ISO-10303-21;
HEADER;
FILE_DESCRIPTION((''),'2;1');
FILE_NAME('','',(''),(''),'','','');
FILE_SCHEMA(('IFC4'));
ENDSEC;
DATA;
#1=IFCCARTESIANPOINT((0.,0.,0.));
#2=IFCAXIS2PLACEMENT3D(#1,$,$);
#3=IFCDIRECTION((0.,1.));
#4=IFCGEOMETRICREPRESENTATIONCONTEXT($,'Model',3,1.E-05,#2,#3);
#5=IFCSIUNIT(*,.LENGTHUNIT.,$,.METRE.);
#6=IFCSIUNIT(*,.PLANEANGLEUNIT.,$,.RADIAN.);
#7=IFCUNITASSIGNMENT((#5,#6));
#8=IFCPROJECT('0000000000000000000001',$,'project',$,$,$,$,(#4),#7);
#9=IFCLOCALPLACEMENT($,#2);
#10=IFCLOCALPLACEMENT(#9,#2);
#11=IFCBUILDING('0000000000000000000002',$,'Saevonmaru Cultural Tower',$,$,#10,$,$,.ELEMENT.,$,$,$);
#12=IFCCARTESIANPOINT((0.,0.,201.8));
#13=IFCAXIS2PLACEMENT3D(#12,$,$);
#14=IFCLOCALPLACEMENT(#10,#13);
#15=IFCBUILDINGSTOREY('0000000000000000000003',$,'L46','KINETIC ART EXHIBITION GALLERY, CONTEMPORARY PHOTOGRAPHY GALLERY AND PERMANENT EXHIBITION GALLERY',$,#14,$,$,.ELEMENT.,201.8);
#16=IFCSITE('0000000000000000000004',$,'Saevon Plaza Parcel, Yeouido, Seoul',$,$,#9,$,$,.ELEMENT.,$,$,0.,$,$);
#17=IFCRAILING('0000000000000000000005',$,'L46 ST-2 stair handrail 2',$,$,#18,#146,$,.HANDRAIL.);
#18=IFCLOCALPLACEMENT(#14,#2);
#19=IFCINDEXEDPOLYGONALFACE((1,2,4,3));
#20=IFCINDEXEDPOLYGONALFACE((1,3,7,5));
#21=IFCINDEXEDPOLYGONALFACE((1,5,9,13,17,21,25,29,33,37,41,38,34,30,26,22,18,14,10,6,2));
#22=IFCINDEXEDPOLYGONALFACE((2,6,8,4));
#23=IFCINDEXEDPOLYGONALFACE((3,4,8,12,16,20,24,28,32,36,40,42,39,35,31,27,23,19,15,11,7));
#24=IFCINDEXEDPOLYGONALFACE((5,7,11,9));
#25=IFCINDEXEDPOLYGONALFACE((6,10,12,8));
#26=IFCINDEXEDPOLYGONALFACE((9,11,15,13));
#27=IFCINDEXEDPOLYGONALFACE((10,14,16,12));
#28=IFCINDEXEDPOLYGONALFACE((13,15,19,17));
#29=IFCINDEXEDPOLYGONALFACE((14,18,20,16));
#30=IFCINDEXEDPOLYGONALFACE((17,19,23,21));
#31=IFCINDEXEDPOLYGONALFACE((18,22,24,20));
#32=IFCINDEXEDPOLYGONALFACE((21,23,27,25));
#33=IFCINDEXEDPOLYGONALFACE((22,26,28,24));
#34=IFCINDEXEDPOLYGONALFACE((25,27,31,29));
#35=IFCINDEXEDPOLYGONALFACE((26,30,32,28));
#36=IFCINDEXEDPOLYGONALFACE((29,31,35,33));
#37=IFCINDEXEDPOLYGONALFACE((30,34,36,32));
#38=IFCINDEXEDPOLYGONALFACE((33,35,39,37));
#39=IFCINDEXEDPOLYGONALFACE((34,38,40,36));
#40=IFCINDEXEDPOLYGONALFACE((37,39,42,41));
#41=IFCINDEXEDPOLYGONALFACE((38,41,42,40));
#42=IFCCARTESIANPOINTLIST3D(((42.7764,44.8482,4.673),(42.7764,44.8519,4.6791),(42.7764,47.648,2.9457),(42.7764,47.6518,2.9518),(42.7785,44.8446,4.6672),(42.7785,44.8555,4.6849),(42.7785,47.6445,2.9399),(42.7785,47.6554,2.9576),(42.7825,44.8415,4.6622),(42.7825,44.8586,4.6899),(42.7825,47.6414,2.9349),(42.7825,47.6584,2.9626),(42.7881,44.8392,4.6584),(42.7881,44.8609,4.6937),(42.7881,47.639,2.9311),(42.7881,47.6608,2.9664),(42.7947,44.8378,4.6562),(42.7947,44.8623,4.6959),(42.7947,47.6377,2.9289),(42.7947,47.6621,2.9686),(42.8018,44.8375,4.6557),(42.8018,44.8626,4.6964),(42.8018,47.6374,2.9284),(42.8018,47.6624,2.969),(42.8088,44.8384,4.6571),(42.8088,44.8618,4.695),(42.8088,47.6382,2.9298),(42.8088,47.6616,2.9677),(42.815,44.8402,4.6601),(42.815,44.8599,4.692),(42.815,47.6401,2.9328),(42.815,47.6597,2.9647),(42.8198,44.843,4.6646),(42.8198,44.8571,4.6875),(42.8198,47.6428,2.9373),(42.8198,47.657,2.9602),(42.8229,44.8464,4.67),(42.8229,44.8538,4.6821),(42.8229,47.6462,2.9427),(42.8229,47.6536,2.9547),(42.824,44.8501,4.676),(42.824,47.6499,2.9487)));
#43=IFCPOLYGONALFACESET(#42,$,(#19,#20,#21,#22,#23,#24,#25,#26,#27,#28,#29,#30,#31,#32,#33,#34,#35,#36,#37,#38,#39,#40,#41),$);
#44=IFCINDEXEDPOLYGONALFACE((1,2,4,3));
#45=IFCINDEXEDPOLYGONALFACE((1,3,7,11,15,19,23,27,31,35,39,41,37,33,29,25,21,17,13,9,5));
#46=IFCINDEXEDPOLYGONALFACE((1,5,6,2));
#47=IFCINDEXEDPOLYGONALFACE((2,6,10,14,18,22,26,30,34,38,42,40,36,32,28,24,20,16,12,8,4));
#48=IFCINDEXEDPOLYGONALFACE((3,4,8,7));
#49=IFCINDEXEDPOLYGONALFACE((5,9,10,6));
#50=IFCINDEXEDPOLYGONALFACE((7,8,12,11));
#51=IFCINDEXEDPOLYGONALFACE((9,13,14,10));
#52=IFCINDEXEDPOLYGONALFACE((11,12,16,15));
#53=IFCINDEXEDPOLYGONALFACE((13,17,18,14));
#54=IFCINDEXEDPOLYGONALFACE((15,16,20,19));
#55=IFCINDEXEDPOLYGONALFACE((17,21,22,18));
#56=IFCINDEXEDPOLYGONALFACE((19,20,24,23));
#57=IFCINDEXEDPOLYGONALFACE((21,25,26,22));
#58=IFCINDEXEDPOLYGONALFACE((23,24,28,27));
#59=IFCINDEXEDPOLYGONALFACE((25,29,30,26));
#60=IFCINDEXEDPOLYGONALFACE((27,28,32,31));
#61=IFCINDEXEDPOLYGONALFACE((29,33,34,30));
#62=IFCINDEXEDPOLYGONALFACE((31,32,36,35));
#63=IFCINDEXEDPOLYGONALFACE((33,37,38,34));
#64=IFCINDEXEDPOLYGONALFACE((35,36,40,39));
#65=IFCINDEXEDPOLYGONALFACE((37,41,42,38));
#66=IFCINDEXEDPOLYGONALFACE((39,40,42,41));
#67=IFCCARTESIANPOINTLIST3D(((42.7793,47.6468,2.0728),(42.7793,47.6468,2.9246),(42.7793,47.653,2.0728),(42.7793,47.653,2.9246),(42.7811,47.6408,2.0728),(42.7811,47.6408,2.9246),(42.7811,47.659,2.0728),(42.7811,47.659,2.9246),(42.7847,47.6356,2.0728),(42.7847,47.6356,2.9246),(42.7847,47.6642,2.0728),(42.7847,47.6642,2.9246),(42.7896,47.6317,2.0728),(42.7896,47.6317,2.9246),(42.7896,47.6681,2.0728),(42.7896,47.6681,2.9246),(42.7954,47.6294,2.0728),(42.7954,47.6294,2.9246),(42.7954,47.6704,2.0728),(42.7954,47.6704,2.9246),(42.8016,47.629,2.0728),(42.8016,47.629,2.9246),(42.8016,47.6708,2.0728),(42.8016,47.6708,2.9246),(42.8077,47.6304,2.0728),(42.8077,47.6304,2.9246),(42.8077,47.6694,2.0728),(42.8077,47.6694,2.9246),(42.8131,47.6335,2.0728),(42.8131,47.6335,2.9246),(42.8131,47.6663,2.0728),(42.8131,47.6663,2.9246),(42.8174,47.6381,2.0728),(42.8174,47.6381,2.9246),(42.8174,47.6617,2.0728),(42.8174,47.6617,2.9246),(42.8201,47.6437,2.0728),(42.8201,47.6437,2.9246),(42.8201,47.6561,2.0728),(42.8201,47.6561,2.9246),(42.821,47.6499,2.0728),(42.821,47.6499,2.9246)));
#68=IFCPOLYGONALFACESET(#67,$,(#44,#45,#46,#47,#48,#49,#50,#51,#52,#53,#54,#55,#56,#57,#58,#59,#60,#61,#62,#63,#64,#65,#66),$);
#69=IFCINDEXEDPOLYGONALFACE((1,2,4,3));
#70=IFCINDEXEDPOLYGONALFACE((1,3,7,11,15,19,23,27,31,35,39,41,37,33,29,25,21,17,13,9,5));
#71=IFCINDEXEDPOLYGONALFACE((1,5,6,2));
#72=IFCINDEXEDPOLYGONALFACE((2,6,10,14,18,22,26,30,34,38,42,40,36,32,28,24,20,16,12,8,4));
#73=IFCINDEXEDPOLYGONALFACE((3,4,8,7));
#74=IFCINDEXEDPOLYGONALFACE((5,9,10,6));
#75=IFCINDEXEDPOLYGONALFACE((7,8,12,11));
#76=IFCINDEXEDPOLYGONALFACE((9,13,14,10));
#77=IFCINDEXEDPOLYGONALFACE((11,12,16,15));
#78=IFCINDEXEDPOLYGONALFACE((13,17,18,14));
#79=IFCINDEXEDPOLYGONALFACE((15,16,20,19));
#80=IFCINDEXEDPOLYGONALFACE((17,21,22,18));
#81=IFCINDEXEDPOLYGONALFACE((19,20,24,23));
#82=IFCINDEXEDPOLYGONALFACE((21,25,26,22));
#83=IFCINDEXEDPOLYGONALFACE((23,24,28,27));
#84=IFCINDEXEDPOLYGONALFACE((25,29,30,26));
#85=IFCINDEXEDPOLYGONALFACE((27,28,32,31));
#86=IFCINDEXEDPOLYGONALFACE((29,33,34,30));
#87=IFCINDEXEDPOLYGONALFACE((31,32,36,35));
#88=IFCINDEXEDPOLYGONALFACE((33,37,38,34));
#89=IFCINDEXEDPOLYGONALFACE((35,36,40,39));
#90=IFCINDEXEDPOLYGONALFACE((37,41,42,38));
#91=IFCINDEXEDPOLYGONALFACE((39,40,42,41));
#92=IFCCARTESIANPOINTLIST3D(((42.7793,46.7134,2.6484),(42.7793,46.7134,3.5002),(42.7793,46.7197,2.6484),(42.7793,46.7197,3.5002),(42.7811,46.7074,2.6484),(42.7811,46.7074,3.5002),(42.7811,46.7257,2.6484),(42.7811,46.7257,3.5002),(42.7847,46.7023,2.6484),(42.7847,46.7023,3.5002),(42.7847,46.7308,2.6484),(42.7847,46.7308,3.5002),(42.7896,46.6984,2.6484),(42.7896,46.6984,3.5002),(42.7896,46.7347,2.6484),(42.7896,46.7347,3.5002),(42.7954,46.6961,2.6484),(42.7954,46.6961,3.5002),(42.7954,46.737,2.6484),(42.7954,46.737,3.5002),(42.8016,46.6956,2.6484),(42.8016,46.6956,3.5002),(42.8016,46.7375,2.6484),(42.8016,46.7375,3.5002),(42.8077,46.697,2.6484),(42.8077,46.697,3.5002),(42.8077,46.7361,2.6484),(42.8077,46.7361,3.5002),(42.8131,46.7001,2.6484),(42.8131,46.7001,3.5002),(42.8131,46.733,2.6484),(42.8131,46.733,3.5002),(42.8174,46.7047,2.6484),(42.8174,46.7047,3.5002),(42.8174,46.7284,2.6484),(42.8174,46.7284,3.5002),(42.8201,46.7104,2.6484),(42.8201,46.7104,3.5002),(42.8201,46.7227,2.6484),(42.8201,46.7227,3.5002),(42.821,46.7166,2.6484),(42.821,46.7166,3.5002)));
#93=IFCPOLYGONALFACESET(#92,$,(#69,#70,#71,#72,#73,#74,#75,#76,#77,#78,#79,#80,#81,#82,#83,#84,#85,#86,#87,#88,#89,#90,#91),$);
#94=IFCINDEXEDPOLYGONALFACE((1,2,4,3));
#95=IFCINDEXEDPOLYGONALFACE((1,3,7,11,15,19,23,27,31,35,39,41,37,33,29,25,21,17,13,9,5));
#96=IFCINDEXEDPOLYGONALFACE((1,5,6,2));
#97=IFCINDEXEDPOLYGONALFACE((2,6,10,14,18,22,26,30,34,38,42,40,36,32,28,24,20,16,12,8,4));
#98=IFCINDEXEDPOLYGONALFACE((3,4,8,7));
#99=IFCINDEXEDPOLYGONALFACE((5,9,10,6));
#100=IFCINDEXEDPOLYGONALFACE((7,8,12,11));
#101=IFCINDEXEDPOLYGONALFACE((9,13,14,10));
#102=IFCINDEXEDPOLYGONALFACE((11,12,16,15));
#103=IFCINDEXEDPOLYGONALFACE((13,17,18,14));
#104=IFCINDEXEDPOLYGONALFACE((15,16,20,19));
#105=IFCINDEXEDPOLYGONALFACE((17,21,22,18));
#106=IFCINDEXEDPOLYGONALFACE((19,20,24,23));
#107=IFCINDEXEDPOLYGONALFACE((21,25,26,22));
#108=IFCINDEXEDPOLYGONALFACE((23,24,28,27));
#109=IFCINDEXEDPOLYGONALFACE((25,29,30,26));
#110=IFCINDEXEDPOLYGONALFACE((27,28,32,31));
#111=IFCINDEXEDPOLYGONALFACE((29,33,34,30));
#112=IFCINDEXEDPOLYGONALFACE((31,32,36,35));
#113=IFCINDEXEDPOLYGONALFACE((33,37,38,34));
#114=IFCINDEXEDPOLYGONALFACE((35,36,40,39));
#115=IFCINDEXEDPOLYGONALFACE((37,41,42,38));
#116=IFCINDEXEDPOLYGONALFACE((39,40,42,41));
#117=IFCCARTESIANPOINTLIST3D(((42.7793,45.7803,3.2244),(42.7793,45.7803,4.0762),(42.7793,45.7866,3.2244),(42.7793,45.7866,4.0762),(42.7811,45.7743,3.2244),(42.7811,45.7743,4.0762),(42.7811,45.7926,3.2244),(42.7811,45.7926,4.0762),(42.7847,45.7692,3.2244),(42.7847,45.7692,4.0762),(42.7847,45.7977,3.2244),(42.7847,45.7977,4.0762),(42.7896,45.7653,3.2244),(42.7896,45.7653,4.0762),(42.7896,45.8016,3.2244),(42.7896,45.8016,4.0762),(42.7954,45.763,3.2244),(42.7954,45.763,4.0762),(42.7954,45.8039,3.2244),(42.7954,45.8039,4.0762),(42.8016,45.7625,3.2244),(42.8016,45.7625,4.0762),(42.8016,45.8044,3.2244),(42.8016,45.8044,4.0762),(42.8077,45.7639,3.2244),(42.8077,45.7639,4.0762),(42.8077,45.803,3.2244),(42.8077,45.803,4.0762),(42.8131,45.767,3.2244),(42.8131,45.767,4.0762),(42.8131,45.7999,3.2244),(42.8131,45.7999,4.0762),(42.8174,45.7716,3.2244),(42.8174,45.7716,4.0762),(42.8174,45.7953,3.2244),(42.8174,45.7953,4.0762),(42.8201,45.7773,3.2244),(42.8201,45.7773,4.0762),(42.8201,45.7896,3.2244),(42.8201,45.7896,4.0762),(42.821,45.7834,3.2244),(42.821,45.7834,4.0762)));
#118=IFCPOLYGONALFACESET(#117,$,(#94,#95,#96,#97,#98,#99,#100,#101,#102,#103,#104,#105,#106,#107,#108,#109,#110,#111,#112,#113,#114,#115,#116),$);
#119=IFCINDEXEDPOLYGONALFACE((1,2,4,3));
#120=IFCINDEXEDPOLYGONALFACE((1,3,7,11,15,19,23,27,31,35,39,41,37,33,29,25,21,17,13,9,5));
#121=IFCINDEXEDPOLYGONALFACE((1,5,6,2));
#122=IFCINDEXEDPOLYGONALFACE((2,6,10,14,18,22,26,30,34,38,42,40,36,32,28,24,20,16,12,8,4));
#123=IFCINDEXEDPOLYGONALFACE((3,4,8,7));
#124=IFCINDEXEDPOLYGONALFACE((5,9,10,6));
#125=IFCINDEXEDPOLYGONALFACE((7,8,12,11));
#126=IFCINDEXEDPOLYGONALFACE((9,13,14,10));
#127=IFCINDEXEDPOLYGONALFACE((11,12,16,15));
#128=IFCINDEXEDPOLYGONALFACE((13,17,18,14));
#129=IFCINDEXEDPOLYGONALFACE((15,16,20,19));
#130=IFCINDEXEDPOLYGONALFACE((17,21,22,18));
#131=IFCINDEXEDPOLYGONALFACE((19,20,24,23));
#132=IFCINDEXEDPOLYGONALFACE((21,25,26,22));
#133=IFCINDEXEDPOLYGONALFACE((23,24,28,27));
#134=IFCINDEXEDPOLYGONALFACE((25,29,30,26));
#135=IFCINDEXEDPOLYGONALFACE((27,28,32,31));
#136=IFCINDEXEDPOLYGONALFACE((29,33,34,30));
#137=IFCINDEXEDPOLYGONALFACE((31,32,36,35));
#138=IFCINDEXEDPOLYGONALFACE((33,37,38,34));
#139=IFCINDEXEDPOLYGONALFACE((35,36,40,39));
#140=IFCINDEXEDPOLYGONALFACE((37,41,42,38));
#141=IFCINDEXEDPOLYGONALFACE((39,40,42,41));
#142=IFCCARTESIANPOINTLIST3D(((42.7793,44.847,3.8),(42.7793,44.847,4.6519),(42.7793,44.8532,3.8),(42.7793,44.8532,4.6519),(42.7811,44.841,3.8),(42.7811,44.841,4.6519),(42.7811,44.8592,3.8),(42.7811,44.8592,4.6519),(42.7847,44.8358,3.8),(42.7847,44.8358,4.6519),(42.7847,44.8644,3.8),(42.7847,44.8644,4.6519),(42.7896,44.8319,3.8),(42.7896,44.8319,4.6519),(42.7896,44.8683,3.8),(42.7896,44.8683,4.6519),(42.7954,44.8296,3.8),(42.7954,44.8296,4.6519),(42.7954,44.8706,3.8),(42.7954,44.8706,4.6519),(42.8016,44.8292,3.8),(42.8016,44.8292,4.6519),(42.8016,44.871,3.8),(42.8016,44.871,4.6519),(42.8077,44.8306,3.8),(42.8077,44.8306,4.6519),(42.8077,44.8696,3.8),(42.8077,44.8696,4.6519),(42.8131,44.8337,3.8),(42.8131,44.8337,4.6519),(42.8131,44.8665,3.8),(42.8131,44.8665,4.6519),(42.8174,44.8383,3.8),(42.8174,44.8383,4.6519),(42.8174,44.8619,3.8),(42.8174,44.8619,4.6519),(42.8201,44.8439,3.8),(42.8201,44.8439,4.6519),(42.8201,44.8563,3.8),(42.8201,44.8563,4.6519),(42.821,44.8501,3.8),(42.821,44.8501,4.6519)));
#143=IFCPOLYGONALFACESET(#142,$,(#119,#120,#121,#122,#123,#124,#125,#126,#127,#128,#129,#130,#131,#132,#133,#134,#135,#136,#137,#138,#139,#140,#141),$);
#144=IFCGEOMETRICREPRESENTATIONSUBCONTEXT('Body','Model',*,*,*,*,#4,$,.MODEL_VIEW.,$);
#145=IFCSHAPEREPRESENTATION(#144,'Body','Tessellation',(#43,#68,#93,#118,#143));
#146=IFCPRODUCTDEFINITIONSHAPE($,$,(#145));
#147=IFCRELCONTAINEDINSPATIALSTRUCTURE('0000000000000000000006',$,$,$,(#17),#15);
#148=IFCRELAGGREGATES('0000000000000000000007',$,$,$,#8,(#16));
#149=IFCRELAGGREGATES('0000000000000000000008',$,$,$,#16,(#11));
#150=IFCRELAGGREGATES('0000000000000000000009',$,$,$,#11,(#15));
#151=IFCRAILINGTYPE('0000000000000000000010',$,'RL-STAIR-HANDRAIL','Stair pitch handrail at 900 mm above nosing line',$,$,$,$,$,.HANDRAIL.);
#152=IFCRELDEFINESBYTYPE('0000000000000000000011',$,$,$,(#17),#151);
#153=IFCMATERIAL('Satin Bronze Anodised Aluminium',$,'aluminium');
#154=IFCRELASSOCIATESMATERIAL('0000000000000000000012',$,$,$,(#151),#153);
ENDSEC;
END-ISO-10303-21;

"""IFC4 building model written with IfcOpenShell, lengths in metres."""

from ifc_helpers import new_model, si_unit, direction, frame, origin, origin_2d, place, context, subcontext, project, spatial, circle, extrude, material, type_object, element, save


model = new_model("IFC4")

# Units and contexts
model_context = context("Model", 3, precision=1e-05, world=origin(), true_north=direction((0.0, 1.0)))
body_context = subcontext(model_context, "Body", "Model", "MODEL_VIEW")
ifc_project = project(units=[si_unit("LENGTHUNIT", "METRE"), si_unit("PLANEANGLEUNIT", "RADIAN")], contexts=[model_context])

# Site, building, storey
site_placement = place(None, origin())
site = spatial("IfcSite", under=ifc_project, at=site_placement, Name="Saevon Plaza Parcel, Yeouido, Seoul", CompositionType="ELEMENT", RefElevation=0.0)
building_placement = place(site_placement, origin())
building = spatial("IfcBuilding", under=site, at=building_placement, Name="Saevonmaru Cultural Tower", CompositionType="ELEMENT")
storey_placement = place(building_placement, frame((0.0, 0.0, 201.8)))
storey = spatial("IfcBuildingStorey", under=building, at=storey_placement, Name="L46", Description="KINETIC ART EXHIBITION GALLERY, CONTEMPORARY PHOTOGRAPHY GALLERY AND PERMANENT EXHIBITION GALLERY", CompositionType="ELEMENT", Elevation=201.8)

# Shared definitions
ifc_material_1 = material(Name="Satin Bronze Anodised Aluminium", Category="aluminium")

# Railing
railing_type = type_object("IfcRailingType", Name="RL-STAIR-HANDRAIL", Description="Stair pitch handrail at 900 mm above nosing line", PredefinedType="HANDRAIL", material=ifc_material_1)
railing_placement = place(storey_placement, frame((42.8, 47.6499, 2.0728)))
element("IfcRailing", 1, at=railing_placement, inside=storey, type_object=railing_type, Name="L46 ST-2 stair handrail 2", PredefinedType="HANDRAIL", context=body_context, shape_type="SweptSolid", body=[
    extrude(circle(Radius=0.0239, at=origin_2d()), frame((0.0, 0.0, 0.876), z_axis=(0.0, -0.851069, 0.525054), x_axis=(1.0, 0.0, 0.0)), (0.0, 0.0, 1.0), 3.2898),
    extrude(circle(Radius=0.021, at=origin_2d()), origin(), (0.0, 0.0, 1.0), 0.8518),
    extrude(circle(Radius=0.021, at=origin_2d()), frame((0.0, -0.9333, 0.5757)), (0.0, 0.0, 1.0), 0.8518),
    extrude(circle(Radius=0.021, at=origin_2d()), frame((0.0, -1.8665, 1.1516)), (0.0, 0.0, 1.0), 0.8518),
    extrude(circle(Radius=0.021, at=origin_2d()), frame((0.0, -2.7998, 1.7273)), (0.0, 0.0, 1.0), 0.8518),
])

save(model, "model.ifc")
